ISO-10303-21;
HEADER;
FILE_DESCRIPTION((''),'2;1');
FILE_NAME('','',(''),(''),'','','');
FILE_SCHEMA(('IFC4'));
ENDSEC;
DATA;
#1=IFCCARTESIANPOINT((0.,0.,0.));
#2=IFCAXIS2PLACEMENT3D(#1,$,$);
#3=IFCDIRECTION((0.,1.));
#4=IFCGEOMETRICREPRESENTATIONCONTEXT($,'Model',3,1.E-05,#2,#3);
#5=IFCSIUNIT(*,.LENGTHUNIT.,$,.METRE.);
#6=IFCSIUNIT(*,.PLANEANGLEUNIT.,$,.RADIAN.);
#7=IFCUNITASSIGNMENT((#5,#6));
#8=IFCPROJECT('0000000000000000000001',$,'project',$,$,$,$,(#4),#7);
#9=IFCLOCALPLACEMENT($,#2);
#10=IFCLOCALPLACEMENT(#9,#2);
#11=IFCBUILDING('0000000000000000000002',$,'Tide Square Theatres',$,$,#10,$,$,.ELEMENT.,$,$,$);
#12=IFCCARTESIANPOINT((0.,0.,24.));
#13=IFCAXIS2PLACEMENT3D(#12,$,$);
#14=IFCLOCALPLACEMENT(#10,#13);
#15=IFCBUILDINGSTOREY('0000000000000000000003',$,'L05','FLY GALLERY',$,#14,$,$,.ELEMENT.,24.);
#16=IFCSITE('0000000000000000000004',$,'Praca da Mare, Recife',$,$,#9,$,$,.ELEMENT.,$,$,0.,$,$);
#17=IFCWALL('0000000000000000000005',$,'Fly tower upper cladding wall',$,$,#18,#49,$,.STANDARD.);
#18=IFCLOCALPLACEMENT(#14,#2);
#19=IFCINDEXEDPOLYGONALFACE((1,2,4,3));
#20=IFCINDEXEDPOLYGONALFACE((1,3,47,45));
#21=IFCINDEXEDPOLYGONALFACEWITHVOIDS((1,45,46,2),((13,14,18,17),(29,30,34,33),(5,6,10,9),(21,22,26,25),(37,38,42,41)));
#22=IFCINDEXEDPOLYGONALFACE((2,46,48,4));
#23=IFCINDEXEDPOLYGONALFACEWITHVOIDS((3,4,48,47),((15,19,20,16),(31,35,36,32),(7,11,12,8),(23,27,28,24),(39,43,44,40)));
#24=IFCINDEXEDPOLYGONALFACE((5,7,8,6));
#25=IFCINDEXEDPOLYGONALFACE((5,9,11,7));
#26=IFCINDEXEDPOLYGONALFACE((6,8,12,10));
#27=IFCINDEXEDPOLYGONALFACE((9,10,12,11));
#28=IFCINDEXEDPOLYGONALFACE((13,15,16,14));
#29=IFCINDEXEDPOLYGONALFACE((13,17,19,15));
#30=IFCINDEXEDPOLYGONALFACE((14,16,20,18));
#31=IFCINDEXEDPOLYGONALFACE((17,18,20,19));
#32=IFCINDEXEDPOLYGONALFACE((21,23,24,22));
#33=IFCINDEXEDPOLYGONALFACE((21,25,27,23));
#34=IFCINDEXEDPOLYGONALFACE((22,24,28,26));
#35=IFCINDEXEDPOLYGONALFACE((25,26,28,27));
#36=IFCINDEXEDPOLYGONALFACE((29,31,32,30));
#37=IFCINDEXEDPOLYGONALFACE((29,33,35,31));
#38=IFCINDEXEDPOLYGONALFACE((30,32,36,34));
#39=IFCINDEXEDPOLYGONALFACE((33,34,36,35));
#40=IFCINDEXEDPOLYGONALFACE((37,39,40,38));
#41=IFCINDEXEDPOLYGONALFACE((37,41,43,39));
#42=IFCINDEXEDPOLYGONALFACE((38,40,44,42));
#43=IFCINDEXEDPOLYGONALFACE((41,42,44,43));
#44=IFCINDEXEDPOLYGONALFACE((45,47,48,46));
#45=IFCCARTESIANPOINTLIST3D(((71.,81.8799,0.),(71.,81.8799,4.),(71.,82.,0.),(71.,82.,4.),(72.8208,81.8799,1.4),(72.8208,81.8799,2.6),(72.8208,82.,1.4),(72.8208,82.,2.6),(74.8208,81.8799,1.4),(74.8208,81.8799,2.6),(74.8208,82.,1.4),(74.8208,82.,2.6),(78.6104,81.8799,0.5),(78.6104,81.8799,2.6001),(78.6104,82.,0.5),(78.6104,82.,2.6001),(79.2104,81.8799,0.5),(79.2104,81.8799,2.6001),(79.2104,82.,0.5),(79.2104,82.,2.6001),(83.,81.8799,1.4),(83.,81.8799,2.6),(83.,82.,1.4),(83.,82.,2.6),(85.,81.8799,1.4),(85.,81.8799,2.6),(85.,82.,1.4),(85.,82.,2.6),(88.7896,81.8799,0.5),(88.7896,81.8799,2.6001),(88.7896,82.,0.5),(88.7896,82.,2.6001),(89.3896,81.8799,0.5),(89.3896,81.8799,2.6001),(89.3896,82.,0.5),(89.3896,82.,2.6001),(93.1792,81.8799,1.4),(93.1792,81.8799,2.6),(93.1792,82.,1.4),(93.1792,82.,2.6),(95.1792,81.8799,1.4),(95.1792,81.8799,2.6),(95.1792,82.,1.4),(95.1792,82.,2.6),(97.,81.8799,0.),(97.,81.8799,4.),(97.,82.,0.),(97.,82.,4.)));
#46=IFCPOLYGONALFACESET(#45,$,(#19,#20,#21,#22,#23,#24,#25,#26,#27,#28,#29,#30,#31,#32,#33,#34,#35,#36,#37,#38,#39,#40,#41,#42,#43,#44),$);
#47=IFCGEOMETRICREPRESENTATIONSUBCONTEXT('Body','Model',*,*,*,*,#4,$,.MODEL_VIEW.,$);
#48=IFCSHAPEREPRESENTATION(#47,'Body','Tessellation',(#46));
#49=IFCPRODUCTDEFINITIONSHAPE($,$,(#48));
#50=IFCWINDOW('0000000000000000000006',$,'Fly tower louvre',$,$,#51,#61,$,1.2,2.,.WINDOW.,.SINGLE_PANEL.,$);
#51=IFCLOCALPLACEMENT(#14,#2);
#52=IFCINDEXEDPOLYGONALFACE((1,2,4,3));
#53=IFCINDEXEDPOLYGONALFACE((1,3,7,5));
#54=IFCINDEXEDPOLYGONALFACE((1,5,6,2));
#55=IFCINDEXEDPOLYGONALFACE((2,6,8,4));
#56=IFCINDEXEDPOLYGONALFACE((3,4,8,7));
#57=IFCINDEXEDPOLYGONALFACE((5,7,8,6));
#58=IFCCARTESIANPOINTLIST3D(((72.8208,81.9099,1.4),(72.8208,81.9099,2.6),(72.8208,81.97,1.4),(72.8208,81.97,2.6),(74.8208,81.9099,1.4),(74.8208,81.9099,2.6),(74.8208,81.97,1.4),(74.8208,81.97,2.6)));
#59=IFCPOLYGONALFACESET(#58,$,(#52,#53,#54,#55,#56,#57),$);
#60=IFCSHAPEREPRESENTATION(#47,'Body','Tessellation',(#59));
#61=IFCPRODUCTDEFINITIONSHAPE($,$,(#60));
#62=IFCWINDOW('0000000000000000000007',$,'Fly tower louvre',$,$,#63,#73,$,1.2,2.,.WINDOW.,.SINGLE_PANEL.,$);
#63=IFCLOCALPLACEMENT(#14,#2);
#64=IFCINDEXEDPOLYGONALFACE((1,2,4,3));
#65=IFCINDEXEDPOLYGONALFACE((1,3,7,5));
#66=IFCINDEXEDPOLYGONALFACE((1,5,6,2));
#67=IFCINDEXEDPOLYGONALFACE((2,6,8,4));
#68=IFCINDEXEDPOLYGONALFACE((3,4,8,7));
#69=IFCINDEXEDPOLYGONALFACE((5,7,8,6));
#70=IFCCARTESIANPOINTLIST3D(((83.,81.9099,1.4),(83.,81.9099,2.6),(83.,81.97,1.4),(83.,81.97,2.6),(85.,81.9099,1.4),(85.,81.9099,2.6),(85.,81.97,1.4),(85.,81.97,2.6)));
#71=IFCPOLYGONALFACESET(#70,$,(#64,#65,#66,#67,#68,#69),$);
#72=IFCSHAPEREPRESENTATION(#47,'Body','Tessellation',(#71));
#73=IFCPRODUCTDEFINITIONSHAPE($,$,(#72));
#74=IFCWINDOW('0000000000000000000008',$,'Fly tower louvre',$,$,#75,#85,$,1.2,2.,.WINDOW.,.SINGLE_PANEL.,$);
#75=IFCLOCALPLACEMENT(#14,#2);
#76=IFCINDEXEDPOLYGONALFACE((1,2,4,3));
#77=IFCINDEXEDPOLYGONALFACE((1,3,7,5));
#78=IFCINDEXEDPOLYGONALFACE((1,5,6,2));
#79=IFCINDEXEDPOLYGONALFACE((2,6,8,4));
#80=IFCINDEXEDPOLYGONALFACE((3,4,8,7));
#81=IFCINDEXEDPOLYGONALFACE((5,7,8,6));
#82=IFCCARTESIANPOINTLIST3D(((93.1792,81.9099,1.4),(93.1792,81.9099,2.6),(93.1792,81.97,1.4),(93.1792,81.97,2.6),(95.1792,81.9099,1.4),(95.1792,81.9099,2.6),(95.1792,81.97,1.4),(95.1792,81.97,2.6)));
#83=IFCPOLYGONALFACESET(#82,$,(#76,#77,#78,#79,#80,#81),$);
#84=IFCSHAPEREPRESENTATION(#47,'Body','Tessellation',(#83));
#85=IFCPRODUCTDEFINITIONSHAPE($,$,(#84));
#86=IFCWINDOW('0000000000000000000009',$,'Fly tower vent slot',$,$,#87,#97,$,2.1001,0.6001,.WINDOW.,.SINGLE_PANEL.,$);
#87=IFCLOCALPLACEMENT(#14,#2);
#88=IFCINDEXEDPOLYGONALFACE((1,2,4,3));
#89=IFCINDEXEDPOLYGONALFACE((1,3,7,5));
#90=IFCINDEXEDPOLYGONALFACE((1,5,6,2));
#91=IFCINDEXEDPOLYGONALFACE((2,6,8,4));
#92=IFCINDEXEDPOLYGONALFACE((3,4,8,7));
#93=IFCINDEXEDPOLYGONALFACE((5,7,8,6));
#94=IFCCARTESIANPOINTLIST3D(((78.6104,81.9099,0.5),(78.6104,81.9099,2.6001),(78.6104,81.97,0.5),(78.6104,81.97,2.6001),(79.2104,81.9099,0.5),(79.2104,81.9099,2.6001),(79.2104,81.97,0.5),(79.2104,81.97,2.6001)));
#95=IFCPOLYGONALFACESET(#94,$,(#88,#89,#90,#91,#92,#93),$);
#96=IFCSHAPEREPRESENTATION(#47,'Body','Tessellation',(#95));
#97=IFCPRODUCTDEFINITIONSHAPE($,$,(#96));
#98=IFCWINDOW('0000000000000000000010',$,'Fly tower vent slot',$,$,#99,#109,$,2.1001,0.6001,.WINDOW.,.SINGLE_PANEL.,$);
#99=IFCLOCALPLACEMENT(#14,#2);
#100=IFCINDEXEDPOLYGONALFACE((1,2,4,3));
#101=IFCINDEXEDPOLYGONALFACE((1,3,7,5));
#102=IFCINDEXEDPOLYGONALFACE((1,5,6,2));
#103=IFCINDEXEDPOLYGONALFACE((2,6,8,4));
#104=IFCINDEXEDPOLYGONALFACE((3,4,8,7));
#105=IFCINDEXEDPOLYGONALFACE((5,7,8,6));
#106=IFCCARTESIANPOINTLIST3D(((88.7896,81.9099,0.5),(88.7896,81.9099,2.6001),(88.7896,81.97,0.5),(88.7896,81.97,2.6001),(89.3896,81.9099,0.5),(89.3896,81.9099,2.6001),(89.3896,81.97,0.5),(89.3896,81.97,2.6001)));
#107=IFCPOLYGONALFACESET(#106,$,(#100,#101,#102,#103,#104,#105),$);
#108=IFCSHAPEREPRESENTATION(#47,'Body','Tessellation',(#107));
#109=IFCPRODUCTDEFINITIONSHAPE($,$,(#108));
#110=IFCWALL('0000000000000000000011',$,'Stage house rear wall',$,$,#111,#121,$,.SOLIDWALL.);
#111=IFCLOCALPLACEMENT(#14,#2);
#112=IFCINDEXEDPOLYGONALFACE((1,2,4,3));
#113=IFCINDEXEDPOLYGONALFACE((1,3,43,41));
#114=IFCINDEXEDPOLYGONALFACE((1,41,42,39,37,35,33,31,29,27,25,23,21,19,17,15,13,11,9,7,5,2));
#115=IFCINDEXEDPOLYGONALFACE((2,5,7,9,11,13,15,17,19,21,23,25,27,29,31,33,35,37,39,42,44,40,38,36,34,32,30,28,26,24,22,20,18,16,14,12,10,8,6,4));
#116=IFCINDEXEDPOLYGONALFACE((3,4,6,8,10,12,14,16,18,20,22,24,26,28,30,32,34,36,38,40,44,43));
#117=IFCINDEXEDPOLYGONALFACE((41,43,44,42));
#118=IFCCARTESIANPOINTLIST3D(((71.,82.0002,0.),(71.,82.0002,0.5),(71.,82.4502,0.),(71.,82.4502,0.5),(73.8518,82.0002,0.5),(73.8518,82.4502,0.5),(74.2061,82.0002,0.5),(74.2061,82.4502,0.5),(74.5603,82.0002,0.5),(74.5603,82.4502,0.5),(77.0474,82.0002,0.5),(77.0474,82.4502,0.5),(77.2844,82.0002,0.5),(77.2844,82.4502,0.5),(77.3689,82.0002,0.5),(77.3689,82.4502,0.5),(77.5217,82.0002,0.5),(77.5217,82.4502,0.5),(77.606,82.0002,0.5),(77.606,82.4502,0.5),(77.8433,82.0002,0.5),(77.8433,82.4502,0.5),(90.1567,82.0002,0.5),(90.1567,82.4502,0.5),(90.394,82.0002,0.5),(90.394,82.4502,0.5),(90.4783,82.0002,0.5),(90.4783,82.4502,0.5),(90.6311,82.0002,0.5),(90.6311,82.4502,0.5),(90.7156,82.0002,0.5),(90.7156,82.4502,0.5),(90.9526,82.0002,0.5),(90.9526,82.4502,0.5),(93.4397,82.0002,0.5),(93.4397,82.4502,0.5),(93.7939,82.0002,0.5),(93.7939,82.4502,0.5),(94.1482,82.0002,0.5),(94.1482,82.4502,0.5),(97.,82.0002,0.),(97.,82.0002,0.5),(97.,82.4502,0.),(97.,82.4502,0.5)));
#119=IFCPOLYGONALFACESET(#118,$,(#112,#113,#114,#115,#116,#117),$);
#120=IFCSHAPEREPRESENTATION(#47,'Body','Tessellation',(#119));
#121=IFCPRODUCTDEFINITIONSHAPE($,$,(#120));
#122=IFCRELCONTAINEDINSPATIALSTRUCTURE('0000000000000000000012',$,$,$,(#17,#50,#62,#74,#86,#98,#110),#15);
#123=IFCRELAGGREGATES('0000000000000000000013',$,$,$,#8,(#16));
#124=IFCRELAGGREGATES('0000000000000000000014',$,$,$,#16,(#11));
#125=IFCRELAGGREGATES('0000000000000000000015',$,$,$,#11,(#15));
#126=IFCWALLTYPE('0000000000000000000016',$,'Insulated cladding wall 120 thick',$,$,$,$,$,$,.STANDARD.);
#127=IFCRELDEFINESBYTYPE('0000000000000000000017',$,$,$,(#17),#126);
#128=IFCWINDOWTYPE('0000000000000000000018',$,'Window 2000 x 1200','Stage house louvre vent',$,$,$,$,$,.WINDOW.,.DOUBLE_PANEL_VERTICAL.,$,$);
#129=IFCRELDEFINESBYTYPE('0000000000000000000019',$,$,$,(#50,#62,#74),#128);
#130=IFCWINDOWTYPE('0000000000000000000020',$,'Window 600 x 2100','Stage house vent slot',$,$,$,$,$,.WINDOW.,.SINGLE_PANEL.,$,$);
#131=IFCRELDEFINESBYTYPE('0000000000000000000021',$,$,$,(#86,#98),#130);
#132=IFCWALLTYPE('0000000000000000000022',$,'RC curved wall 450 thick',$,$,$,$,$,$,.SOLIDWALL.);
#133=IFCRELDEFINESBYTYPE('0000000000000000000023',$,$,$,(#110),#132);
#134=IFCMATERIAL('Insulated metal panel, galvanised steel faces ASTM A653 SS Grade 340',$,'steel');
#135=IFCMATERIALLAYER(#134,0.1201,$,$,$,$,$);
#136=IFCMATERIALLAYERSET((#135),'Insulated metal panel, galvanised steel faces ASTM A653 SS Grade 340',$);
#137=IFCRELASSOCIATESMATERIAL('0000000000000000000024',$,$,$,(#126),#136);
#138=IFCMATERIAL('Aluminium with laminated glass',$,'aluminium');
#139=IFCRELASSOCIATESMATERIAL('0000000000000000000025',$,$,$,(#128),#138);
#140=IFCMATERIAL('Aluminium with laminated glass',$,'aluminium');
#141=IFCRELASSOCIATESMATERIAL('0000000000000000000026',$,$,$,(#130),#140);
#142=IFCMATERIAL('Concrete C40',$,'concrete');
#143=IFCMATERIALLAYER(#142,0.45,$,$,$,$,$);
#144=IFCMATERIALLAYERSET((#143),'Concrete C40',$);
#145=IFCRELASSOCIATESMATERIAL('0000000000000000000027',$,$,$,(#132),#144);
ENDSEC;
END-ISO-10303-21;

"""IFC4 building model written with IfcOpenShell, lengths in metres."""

from ifc_helpers import new_model, si_unit, direction, frame, frame_2d, origin, place, context, subcontext, project, spatial, polyline, rectangle, outline, extrude, material, layer, layer_set, type_object, element, fill, save


model = new_model("IFC4")

# Units and contexts
model_context = context("Model", 3, precision=1e-05, world=origin(), true_north=direction((0.0, 1.0)))
body_context = subcontext(model_context, "Body", "Model", "MODEL_VIEW")
ifc_project = project(units=[si_unit("LENGTHUNIT", "METRE"), si_unit("PLANEANGLEUNIT", "RADIAN")], contexts=[model_context])

# Site, building, storey
site_placement = place(None, origin())
site = spatial("IfcSite", under=ifc_project, at=site_placement, Name="Praca da Mare, Recife", CompositionType="ELEMENT", RefElevation=0.0)
building_placement = place(site_placement, origin())
building = spatial("IfcBuilding", under=site, at=building_placement, Name="Tide Square Theatres", CompositionType="ELEMENT")
storey_placement = place(building_placement, frame((0.0, 0.0, 24.0)))
storey = spatial("IfcBuildingStorey", under=building, at=storey_placement, Name="L05", Description="FLY GALLERY", CompositionType="ELEMENT", Elevation=24.0)

# Wall, openings, windows
ifc_material_1 = material(Name="Insulated metal panel, galvanised steel faces ASTM A653 SS Grade 340", Category="steel")
ifc_layer_1 = layer(ifc_material_1, 0.1201)
ifc_layer_set_1 = layer_set([ifc_layer_1], Name="Insulated metal panel, galvanised steel faces ASTM A653 SS Grade 340")
wall_type_1 = type_object("IfcWallType", Name="Insulated cladding wall 120 thick", PredefinedType="STANDARD", material=ifc_layer_set_1)
wall_1_placement = place(storey_placement, frame((71.0, 81.9399, 0.0), z_axis=(0.0, 0.0, 1.0), x_axis=(1.0, 0.0, 0.0)))
wall_1 = element("IfcWall", 1, at=wall_1_placement, inside=storey, type_object=wall_type_1, Name="Fly tower upper cladding wall", PredefinedType="STANDARD", context=body_context, shape_type="SweptSolid", body=[
    extrude(rectangle(XDim=26.0, YDim=0.1201, at=frame_2d((13.0, 0.0))), origin(), (0.0, 0.0, 1.0), 4.0),
])
opening_1_placement = place(wall_1_placement, frame((1.8208, 0.0, 1.3999)))
opening_1 = element("IfcOpeningElement", 2, at=opening_1_placement, cuts=wall_1, PredefinedType="OPENING", context=body_context, shape_type="SweptSolid", body=[
    extrude(rectangle(XDim=2.0, YDim=1.2, at=frame_2d((1.0, 0.6001))), frame((0.0, 0.0701, 0.0), z_axis=(0.0, -1.0, 0.0), x_axis=(1.0, 0.0, 0.0)), (0.0, 0.0, 1.0), 0.1401),
])
opening_2_placement = place(wall_1_placement, frame((12.0, 0.0, 1.3999)))
opening_2 = element("IfcOpeningElement", 3, at=opening_2_placement, cuts=wall_1, PredefinedType="OPENING", context=body_context, shape_type="SweptSolid", body=[
    extrude(rectangle(XDim=2.0, YDim=1.2, at=frame_2d((1.0, 0.6001))), frame((0.0, 0.0701, 0.0), z_axis=(0.0, -1.0, 0.0), x_axis=(1.0, 0.0, 0.0)), (0.0, 0.0, 1.0), 0.1401),
])
opening_3_placement = place(wall_1_placement, frame((22.1792, 0.0, 1.3999)))
opening_3 = element("IfcOpeningElement", 4, at=opening_3_placement, cuts=wall_1, PredefinedType="OPENING", context=body_context, shape_type="SweptSolid", body=[
    extrude(rectangle(XDim=2.0, YDim=1.2, at=frame_2d((1.0, 0.6001))), frame((0.0, 0.0701, 0.0), z_axis=(0.0, -1.0, 0.0), x_axis=(1.0, 0.0, 0.0)), (0.0, 0.0, 1.0), 0.1401),
])
opening_4_placement = place(wall_1_placement, frame((7.6104, 0.0, 0.5)))
opening_4 = element("IfcOpeningElement", 5, at=opening_4_placement, cuts=wall_1, PredefinedType="OPENING", context=body_context, shape_type="SweptSolid", body=[
    extrude(rectangle(XDim=0.6001, YDim=2.1001, at=frame_2d((0.3, 1.05))), frame((0.0, 0.0701, 0.0), z_axis=(0.0, -1.0, 0.0), x_axis=(1.0, 0.0, 0.0)), (0.0, 0.0, 1.0), 0.1401),
])
opening_5_placement = place(wall_1_placement, frame((17.7896, 0.0, 0.5)))
opening_5 = element("IfcOpeningElement", 6, at=opening_5_placement, cuts=wall_1, PredefinedType="OPENING", context=body_context, shape_type="SweptSolid", body=[
    extrude(rectangle(XDim=0.6001, YDim=2.1001, at=frame_2d((0.3, 1.05))), frame((0.0, 0.0701, 0.0), z_axis=(0.0, -1.0, 0.0), x_axis=(1.0, 0.0, 0.0)), (0.0, 0.0, 1.0), 0.1401),
])
ifc_material_2 = material(Name="Aluminium with laminated glass", Category="aluminium")
window_type_1 = type_object("IfcWindowType", Name="Window 2000 x 1200", Description="Stage house louvre vent", PartitioningType="DOUBLE_PANEL_VERTICAL", PredefinedType="WINDOW", material=ifc_material_2)
window_1_placement = place(opening_1_placement, origin())
window_1 = element("IfcWindow", 7, at=window_1_placement, inside=storey, type_object=window_type_1, Name="Fly tower louvre", OverallHeight=1.2, OverallWidth=2.0, PartitioningType="SINGLE_PANEL", PredefinedType="WINDOW", context=body_context, shape_type="SweptSolid", body=[
    extrude(rectangle(XDim=2.0, YDim=1.2, at=frame_2d((1.0, 0.6001))), frame((0.0, 0.03, 0.0), z_axis=(0.0, -1.0, 0.0), x_axis=(1.0, 0.0, 0.0)), (0.0, 0.0, 1.0), 0.0601),
])
fill(opening_1, window_1)
window_2_placement = place(opening_2_placement, origin())
window_2 = element("IfcWindow", 8, at=window_2_placement, inside=storey, type_object=window_type_1, Name="Fly tower louvre", OverallHeight=1.2, OverallWidth=2.0, PartitioningType="SINGLE_PANEL", PredefinedType="WINDOW", context=body_context, shape_type="SweptSolid", body=[
    extrude(rectangle(XDim=2.0, YDim=1.2, at=frame_2d((1.0, 0.6001))), frame((0.0, 0.03, 0.0), z_axis=(0.0, -1.0, 0.0), x_axis=(1.0, 0.0, 0.0)), (0.0, 0.0, 1.0), 0.0601),
])
fill(opening_2, window_2)
window_3_placement = place(opening_3_placement, origin())
window_3 = element("IfcWindow", 9, at=window_3_placement, inside=storey, type_object=window_type_1, Name="Fly tower louvre", OverallHeight=1.2, OverallWidth=2.0, PartitioningType="SINGLE_PANEL", PredefinedType="WINDOW", context=body_context, shape_type="SweptSolid", body=[
    extrude(rectangle(XDim=2.0, YDim=1.2, at=frame_2d((1.0, 0.6001))), frame((0.0, 0.03, 0.0), z_axis=(0.0, -1.0, 0.0), x_axis=(1.0, 0.0, 0.0)), (0.0, 0.0, 1.0), 0.0601),
])
fill(opening_3, window_3)
ifc_material_3 = material(Name="Aluminium with laminated glass", Category="aluminium")
window_type_2 = type_object("IfcWindowType", Name="Window 600 x 2100", Description="Stage house vent slot", PartitioningType="SINGLE_PANEL", PredefinedType="WINDOW", material=ifc_material_3)
window_4_placement = place(opening_4_placement, origin())
window_4 = element("IfcWindow", 10, at=window_4_placement, inside=storey, type_object=window_type_2, Name="Fly tower vent slot", OverallHeight=2.1001, OverallWidth=0.6001, PartitioningType="SINGLE_PANEL", PredefinedType="WINDOW", context=body_context, shape_type="SweptSolid", body=[
    extrude(rectangle(XDim=0.6001, YDim=2.1001, at=frame_2d((0.3, 1.05))), frame((0.0, 0.03, 0.0), z_axis=(0.0, -1.0, 0.0), x_axis=(1.0, 0.0, 0.0)), (0.0, 0.0, 1.0), 0.0601),
])
fill(opening_4, window_4)
window_5_placement = place(opening_5_placement, origin())
window_5 = element("IfcWindow", 11, at=window_5_placement, inside=storey, type_object=window_type_2, Name="Fly tower vent slot", OverallHeight=2.1001, OverallWidth=0.6001, PartitioningType="SINGLE_PANEL", PredefinedType="WINDOW", context=body_context, shape_type="SweptSolid", body=[
    extrude(rectangle(XDim=0.6001, YDim=2.1001, at=frame_2d((0.3, 1.05))), frame((0.0, 0.03, 0.0), z_axis=(0.0, -1.0, 0.0), x_axis=(1.0, 0.0, 0.0)), (0.0, 0.0, 1.0), 0.0601),
])
fill(opening_5, window_5)

# Wall
ifc_material_4 = material(Name="Concrete C40", Category="concrete")
ifc_layer_2 = layer(ifc_material_4, 0.45)
ifc_layer_set_2 = layer_set([ifc_layer_2], Name="Concrete C40")
wall_type_2 = type_object("IfcWallType", Name="RC curved wall 450 thick", PredefinedType="SOLIDWALL", material=ifc_layer_set_2)
wall_2_placement = place(storey_placement, frame((71.0, 82.2251, 0.0), z_axis=(0.0, 0.0, 1.0), x_axis=(1.0, 0.0, 0.0)))
element("IfcWall", 12, at=wall_2_placement, inside=storey, type_object=wall_type_2, Name="Stage house rear wall", PredefinedType="SOLIDWALL", context=body_context, shape_type="SweptSolid", body=[
    extrude(outline(polyline([(0.0, 0.0), (26.0, 0.0), (26.0, 0.5), (23.1482, 0.5), (22.7939, 0.5), (22.4397, 0.5), (19.9526, 0.5), (19.7156, 0.5), (19.6311, 0.5), (19.4783, 0.5), (19.394, 0.5), (19.1567, 0.5), (6.8433, 0.5), (6.606, 0.5), (6.5217, 0.5), (6.3689, 0.5), (6.2844, 0.5), (6.0474, 0.5), (3.5603, 0.5), (3.2061, 0.5), (2.8518, 0.5), (0.0, 0.5), (0.0, 0.0)])), frame((0.0, 0.2251, 0.0), z_axis=(0.0, -1.0, 0.0), x_axis=(1.0, 0.0, 0.0)), (0.0, 0.0, 1.0), 0.45),
])

save(model, "model.ifc")
